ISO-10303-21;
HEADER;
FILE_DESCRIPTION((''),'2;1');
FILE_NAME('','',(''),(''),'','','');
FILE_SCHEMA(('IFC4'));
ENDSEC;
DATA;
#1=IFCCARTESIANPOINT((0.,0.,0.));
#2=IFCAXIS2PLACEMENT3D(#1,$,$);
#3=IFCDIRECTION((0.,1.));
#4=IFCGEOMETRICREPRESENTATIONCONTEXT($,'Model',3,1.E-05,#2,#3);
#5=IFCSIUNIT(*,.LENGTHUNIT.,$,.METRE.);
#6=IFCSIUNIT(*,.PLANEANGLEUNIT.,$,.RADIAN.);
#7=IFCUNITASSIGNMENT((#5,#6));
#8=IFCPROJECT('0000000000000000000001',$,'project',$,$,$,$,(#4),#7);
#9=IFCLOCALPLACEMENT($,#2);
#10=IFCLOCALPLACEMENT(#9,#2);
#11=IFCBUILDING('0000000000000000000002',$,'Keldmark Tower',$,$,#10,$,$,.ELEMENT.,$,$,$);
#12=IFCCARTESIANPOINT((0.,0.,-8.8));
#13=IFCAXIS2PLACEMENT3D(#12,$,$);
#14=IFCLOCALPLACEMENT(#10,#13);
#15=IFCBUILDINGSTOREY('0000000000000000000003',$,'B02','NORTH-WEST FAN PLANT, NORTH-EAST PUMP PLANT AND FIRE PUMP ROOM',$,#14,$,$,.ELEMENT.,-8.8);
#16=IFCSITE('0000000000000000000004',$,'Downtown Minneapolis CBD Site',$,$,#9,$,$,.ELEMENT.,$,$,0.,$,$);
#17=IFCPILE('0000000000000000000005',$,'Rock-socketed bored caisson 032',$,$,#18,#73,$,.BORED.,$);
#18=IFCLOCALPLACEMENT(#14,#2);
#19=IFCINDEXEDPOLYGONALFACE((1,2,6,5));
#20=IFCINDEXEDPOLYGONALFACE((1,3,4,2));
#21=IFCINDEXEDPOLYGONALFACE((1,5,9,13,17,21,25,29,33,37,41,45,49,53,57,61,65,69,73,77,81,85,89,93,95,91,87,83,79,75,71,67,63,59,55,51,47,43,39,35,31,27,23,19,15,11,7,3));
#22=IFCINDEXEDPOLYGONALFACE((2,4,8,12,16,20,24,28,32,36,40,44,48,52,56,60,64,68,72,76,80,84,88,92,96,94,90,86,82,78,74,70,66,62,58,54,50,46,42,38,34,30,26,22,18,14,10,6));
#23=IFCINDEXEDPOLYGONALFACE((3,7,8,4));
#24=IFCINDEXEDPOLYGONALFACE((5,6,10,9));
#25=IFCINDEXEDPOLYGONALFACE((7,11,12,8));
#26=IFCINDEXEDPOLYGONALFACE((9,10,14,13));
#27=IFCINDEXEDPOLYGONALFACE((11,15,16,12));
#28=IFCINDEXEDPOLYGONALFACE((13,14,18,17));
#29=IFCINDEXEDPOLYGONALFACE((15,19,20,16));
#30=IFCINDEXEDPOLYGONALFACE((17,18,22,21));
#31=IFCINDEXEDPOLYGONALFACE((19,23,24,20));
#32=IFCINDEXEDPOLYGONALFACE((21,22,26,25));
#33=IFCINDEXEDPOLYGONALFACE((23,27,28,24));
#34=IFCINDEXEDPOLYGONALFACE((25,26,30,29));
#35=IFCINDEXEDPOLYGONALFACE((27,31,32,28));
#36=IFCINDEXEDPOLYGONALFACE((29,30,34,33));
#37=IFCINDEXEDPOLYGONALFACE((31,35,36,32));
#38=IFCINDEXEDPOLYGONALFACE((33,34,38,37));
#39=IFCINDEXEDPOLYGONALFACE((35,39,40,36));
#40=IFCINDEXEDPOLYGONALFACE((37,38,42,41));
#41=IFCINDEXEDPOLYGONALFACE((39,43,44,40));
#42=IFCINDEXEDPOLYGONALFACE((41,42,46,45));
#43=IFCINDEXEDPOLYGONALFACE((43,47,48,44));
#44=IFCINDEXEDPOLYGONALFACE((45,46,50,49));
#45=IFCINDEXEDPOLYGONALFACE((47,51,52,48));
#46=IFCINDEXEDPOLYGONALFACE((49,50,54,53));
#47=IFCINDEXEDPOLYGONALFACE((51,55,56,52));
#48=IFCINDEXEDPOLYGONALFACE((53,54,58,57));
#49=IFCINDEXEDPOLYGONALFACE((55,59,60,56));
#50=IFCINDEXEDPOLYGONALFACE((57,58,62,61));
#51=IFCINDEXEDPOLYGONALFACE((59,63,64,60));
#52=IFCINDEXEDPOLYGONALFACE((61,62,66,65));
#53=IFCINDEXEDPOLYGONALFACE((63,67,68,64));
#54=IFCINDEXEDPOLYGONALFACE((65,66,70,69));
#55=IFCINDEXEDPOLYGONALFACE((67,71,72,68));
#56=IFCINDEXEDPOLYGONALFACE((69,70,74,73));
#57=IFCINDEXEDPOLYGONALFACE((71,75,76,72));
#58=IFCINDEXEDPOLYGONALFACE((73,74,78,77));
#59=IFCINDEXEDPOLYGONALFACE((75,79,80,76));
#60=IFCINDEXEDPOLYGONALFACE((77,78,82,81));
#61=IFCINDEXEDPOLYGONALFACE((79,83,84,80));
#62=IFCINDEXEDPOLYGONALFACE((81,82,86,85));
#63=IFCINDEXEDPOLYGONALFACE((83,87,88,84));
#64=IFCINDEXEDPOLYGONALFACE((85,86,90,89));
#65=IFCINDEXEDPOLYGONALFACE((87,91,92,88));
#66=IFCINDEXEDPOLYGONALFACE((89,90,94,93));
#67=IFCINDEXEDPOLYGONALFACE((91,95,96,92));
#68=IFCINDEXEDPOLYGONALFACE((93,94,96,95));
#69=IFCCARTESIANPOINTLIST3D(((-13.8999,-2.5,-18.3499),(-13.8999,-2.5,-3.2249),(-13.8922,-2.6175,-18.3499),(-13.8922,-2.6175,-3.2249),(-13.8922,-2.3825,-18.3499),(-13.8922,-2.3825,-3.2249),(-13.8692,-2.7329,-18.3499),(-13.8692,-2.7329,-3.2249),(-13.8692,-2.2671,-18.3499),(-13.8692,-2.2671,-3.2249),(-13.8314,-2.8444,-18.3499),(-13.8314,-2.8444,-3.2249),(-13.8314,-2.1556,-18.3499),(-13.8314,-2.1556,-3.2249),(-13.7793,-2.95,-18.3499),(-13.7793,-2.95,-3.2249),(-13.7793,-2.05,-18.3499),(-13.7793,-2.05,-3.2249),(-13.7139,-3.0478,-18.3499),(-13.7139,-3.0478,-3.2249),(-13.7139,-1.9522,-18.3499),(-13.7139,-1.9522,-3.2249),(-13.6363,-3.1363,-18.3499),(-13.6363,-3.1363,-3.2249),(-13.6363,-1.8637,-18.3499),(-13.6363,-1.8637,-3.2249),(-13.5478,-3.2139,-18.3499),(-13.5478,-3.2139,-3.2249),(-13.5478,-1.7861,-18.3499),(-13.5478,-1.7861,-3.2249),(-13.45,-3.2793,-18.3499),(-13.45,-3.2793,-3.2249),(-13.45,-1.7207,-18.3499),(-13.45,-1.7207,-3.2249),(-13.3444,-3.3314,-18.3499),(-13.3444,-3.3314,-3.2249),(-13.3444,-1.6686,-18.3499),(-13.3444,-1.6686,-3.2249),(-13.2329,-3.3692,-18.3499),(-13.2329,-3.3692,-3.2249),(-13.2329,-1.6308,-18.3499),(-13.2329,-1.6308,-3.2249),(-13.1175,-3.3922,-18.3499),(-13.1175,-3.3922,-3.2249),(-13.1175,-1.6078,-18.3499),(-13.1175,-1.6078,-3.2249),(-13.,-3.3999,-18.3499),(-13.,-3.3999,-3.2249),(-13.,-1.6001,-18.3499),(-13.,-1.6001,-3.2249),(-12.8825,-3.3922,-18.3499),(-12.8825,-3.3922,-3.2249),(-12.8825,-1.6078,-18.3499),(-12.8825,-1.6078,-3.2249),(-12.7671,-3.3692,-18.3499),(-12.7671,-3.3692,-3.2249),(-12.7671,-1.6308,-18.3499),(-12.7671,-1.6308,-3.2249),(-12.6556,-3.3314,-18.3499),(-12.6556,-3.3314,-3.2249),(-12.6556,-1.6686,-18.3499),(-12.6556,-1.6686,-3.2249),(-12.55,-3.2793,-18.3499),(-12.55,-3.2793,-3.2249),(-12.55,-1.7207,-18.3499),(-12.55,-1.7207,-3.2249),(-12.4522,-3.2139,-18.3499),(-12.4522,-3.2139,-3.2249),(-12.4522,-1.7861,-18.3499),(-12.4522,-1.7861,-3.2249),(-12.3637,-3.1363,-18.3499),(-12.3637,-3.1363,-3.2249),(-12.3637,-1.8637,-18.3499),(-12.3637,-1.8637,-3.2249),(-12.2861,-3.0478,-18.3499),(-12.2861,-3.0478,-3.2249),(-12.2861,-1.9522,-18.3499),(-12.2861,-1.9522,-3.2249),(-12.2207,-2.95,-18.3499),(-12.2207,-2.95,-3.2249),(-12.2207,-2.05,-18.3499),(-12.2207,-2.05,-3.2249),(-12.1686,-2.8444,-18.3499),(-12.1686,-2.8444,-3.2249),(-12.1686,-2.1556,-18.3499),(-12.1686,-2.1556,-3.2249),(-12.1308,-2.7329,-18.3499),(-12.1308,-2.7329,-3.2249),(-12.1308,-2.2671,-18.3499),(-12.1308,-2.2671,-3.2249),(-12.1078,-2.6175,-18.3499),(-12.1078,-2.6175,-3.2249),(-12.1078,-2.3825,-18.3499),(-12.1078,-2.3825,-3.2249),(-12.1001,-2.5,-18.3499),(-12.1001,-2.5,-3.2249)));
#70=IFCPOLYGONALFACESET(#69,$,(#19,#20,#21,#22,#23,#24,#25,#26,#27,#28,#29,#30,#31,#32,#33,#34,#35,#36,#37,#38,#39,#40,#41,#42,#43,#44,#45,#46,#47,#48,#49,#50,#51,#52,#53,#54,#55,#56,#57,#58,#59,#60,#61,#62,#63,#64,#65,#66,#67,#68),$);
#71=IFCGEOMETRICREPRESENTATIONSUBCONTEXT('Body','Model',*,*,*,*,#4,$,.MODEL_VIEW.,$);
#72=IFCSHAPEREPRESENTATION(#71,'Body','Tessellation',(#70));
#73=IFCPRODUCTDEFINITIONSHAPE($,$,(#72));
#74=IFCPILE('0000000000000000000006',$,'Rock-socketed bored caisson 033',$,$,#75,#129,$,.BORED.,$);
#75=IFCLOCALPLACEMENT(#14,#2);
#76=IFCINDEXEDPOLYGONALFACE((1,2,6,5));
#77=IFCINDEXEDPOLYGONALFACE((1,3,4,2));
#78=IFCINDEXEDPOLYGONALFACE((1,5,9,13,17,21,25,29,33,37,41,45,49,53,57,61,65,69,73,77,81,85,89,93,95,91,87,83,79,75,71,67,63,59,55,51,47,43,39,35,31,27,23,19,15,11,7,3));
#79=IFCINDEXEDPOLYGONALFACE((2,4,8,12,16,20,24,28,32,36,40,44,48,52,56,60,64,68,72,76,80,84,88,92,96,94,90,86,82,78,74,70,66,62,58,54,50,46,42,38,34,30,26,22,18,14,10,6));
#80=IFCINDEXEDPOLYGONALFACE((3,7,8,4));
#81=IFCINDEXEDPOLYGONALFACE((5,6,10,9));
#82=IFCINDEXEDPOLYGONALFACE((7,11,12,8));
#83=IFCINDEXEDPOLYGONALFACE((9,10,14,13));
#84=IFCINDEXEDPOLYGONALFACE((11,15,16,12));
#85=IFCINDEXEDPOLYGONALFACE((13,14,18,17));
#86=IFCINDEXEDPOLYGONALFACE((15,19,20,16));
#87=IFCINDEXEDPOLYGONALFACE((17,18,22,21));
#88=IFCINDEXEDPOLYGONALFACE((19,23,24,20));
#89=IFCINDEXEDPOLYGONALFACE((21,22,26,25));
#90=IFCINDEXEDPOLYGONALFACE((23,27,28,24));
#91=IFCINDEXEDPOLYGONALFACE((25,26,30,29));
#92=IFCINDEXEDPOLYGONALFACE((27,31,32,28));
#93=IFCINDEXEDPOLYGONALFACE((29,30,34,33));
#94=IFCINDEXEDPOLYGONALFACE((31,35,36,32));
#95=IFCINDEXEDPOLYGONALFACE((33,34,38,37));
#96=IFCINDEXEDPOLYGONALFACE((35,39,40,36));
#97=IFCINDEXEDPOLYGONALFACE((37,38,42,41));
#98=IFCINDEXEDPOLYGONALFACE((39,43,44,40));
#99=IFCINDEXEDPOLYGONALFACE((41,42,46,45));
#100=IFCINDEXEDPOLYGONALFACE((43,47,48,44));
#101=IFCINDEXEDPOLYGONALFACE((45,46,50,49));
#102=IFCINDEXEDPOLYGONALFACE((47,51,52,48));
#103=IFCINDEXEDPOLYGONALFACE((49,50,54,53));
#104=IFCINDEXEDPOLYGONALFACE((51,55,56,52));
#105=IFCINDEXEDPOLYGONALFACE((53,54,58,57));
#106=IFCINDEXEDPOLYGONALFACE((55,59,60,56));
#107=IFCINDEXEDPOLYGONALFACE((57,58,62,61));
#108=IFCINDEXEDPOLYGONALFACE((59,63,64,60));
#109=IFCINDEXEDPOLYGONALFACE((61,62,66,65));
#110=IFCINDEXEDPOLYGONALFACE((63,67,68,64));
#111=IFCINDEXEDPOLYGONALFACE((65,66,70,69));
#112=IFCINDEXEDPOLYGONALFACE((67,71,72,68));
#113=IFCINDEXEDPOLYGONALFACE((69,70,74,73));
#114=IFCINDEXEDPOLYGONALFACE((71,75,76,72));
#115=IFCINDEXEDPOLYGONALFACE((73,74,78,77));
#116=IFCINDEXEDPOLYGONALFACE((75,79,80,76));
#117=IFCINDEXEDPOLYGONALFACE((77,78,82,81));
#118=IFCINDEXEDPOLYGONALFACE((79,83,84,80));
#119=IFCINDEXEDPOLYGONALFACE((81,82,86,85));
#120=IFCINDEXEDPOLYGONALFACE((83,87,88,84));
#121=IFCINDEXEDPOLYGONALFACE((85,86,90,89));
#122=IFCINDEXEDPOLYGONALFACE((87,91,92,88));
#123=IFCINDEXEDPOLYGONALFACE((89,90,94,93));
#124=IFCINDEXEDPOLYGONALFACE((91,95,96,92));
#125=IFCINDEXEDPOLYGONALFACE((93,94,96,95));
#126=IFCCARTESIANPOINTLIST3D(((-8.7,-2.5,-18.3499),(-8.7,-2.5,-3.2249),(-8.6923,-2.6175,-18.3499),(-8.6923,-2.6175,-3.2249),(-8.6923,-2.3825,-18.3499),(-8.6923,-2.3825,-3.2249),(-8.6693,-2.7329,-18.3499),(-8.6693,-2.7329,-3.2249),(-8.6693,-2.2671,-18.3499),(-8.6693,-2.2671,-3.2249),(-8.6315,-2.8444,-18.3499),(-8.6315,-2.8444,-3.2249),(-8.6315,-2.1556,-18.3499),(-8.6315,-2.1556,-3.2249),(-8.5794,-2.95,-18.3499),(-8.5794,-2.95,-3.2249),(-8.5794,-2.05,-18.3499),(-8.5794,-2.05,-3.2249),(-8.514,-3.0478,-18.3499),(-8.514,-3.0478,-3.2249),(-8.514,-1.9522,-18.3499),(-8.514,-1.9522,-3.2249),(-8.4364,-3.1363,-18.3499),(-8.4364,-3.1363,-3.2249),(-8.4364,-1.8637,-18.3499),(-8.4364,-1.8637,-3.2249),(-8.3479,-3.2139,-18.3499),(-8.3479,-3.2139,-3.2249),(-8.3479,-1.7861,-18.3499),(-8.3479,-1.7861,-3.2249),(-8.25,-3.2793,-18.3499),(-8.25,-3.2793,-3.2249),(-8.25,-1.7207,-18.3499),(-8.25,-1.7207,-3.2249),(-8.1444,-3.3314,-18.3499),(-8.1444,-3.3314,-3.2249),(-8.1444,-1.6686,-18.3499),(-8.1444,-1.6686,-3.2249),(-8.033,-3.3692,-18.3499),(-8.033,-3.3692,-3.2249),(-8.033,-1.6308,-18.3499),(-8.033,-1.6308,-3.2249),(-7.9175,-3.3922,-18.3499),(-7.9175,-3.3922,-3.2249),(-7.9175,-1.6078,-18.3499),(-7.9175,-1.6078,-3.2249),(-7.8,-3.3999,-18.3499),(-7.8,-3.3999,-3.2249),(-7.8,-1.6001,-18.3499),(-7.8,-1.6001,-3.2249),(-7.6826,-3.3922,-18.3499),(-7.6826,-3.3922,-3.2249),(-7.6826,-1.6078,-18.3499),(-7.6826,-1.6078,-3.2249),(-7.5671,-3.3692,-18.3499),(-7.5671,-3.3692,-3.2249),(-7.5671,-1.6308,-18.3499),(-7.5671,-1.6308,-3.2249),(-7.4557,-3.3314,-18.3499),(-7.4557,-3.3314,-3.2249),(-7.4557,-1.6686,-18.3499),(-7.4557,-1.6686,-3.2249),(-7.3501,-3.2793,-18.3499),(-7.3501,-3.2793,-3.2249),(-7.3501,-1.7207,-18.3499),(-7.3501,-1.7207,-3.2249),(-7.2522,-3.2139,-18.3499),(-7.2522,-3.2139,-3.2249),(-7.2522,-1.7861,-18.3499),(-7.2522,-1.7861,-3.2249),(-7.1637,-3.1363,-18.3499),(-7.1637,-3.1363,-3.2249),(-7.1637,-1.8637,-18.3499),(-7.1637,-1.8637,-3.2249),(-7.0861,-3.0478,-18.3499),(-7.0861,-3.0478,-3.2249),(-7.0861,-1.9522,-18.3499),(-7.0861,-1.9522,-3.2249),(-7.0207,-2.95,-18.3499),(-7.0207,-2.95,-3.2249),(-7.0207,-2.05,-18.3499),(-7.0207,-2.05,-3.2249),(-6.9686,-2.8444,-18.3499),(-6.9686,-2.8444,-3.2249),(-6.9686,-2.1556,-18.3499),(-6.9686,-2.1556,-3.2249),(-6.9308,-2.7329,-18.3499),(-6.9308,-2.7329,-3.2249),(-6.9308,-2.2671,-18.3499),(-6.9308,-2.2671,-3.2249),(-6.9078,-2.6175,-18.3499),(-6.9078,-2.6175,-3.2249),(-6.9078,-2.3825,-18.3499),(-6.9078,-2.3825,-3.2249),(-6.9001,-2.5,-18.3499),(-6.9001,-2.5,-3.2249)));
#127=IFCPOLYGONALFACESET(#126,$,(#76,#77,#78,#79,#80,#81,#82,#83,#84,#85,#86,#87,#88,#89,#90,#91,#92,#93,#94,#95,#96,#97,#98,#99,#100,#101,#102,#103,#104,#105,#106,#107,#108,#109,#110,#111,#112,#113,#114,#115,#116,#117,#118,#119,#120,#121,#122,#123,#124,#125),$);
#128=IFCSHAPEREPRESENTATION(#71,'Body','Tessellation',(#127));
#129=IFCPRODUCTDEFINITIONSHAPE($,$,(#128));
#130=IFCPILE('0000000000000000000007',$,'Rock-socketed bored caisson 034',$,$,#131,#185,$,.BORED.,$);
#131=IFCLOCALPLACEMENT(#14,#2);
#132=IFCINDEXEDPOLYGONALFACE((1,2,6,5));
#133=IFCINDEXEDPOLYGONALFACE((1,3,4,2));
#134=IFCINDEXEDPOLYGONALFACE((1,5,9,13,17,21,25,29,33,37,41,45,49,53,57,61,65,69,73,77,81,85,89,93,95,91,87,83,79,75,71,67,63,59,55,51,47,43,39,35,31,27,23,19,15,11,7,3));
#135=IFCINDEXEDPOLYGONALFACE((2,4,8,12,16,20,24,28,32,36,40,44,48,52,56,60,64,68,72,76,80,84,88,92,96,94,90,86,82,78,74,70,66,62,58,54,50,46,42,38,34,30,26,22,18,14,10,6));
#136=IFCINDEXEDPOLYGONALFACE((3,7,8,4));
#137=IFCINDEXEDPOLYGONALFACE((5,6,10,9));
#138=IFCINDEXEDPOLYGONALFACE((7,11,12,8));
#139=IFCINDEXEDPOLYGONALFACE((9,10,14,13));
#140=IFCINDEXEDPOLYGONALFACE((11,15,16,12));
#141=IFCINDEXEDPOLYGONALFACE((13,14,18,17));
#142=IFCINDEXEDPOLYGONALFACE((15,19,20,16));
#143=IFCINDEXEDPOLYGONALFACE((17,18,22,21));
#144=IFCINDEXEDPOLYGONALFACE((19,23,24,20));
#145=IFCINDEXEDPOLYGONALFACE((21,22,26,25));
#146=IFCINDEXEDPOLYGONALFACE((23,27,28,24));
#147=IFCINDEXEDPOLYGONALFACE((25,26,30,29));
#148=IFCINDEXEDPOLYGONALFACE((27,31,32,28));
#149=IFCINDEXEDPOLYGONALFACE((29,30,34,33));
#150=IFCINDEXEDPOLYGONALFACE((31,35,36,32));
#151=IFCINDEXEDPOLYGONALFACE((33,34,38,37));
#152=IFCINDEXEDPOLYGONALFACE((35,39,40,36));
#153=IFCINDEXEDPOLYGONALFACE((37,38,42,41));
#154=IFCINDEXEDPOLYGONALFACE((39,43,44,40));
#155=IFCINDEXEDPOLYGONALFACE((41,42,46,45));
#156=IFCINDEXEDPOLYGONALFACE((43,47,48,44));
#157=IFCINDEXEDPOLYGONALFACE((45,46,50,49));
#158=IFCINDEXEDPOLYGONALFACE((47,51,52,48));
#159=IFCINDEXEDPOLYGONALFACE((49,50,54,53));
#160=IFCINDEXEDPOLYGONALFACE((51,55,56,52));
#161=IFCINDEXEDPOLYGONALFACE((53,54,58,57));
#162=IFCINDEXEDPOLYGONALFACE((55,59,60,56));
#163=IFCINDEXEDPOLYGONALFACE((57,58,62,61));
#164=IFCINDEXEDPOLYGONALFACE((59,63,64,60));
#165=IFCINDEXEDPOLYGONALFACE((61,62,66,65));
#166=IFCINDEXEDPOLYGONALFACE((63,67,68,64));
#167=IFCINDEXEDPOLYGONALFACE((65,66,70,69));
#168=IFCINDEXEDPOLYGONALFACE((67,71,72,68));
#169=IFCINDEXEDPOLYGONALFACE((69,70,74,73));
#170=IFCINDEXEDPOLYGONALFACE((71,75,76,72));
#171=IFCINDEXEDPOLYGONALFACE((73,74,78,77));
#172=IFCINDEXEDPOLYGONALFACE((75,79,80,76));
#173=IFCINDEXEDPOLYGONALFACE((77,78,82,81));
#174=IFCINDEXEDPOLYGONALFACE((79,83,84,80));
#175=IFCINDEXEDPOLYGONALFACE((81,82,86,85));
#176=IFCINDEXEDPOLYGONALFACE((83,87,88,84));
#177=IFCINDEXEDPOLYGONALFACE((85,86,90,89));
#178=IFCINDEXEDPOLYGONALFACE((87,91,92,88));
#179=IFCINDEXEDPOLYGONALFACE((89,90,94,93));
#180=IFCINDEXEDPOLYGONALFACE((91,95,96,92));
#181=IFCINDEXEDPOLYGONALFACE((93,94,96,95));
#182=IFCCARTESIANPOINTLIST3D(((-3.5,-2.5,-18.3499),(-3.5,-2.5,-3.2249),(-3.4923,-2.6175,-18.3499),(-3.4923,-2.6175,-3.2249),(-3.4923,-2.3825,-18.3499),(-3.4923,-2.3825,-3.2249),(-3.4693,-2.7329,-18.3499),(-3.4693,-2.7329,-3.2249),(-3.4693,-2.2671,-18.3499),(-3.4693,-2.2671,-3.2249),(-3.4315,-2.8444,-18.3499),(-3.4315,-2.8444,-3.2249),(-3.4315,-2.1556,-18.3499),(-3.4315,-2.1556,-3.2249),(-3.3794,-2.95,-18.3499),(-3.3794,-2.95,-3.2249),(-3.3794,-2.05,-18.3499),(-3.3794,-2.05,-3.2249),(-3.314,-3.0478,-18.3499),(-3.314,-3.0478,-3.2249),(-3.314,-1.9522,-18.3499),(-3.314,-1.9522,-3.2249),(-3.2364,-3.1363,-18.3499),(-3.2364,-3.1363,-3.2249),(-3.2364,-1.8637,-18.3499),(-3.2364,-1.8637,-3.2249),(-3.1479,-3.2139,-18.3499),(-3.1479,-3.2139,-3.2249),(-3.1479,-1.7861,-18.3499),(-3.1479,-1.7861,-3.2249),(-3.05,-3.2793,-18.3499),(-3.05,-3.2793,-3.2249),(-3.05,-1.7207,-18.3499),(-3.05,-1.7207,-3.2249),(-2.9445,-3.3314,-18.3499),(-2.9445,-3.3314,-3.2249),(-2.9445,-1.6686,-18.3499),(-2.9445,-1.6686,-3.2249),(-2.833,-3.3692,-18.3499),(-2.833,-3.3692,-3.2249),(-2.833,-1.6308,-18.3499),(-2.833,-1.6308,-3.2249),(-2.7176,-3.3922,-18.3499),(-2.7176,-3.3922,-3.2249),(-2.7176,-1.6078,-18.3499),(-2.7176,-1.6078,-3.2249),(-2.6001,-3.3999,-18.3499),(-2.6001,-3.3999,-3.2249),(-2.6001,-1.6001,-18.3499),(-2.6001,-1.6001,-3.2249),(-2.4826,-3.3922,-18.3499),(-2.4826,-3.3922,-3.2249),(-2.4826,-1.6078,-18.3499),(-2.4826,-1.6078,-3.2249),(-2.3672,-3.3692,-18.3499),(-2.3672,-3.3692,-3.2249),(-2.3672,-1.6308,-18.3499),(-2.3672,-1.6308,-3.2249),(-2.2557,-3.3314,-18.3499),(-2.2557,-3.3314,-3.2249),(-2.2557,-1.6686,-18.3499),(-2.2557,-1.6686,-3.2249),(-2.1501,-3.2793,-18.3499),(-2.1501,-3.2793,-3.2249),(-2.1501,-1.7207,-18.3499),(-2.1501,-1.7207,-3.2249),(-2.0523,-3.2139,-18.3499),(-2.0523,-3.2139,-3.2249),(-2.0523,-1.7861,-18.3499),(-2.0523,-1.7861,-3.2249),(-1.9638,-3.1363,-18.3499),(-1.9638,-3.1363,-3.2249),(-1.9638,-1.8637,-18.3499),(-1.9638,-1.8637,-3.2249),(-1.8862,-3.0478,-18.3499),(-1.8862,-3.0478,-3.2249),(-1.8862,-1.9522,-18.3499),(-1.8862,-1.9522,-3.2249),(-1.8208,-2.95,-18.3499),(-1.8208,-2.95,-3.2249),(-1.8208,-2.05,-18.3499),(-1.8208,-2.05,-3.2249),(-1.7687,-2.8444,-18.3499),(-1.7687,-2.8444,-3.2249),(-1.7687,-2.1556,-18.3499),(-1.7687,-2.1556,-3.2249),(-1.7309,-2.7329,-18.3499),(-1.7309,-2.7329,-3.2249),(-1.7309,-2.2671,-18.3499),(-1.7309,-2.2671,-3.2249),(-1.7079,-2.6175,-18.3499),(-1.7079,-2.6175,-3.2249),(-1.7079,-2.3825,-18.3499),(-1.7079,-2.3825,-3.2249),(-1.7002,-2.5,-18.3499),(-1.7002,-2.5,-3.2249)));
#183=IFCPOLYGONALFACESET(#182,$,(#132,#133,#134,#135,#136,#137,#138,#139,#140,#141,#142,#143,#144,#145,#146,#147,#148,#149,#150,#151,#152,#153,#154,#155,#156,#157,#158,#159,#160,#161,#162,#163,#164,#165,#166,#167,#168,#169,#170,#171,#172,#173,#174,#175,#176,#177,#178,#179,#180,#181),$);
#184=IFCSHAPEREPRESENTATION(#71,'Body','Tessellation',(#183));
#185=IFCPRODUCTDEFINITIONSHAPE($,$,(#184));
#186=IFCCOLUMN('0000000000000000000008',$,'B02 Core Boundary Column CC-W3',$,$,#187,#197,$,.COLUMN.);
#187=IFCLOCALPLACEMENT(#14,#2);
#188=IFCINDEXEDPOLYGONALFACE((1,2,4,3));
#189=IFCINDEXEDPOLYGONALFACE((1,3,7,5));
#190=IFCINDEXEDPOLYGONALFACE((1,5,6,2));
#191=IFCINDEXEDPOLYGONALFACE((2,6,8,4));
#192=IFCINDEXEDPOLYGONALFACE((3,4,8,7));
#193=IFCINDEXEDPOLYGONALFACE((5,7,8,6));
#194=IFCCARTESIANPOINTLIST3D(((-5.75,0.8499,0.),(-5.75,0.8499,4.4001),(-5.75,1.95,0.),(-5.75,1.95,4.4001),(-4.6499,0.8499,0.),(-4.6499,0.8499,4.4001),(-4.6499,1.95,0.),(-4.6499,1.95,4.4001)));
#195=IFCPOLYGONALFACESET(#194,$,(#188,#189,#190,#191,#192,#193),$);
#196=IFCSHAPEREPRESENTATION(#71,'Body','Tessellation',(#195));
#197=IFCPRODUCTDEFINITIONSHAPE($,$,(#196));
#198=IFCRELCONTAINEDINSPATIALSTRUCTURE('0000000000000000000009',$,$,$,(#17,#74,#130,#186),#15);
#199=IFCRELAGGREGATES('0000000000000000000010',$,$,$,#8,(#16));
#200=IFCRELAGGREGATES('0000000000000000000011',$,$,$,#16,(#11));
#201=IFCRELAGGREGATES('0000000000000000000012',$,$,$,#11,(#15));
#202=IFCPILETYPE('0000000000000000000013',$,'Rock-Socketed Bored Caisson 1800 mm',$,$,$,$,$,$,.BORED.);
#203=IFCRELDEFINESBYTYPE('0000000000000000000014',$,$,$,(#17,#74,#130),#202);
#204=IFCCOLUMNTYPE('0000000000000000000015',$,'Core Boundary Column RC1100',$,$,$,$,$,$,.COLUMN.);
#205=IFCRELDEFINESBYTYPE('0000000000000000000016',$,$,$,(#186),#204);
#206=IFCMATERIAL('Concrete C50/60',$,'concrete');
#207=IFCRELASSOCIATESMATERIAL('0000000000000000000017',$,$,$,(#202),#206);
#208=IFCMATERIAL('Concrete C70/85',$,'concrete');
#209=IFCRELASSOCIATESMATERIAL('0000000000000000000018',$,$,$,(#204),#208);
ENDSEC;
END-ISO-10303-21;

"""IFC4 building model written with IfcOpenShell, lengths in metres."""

from ifc_helpers import new_model, si_unit, direction, frame, origin, origin_2d, place, context, subcontext, project, spatial, rectangle, circle, extrude, material, material_profile, profile_set, type_object, element, save


model = new_model("IFC4")

# Units and contexts
model_context = context("Model", 3, precision=1e-05, world=origin(), true_north=direction((0.0, 1.0)))
body_context = subcontext(model_context, "Body", "Model", "MODEL_VIEW")
ifc_project = project(units=[si_unit("LENGTHUNIT", "METRE"), si_unit("PLANEANGLEUNIT", "RADIAN")], contexts=[model_context])

# Site, building, storey
site_placement = place(None, origin())
site = spatial("IfcSite", under=ifc_project, at=site_placement, Name="Downtown Minneapolis CBD Site", CompositionType="ELEMENT", RefElevation=0.0)
building_placement = place(site_placement, origin())
building = spatial("IfcBuilding", under=site, at=building_placement, Name="Keldmark Tower", CompositionType="ELEMENT")
storey_placement = place(building_placement, frame((0.0, 0.0, -8.8)))
storey = spatial("IfcBuildingStorey", under=building, at=storey_placement, Name="B02", Description="NORTH-WEST FAN PLANT, NORTH-EAST PUMP PLANT AND FIRE PUMP ROOM", CompositionType="ELEMENT", Elevation=-8.8)

# Piles
ifc_material_1 = material(Name="Concrete C50/60", Category="concrete")
ifc_material_profile_1 = material_profile(ifc_material_1, circle(Radius=0.8999, at=origin_2d()), Name="CAISSON1800")
ifc_profile_set_1 = profile_set([ifc_material_profile_1], Name="Concrete C50/60")
pile_type = type_object("IfcPileType", Name="Rock-Socketed Bored Caisson 1800 mm", PredefinedType="BORED", material=ifc_profile_set_1)
for number, where, z_axis, x_axis, name in (
    (1, (-13.0, -2.5, -3.2249), (0.0, 0.0, -1.0), (1.0, 0.0, 0.0), "Rock-socketed bored caisson 032"),
    (2, (-7.8, -2.5, -3.2249), (0.0, 0.0, -1.0), (1.0, 0.0, 0.0), "Rock-socketed bored caisson 033"),
    (3, (-2.6001, -2.5, -3.2249), (0.0, 0.0, -1.0), (1.0, 0.0, 0.0), "Rock-socketed bored caisson 034"),
):
    element("IfcPile", number, at=place(storey_placement, frame(where, z_axis=z_axis, x_axis=x_axis)), inside=storey, type_object=pile_type, Name=name, PredefinedType="BORED", context=body_context, shape_type="SweptSolid", body=[
        extrude(circle(Radius=0.8999, at=origin_2d()), origin(), (0.0, 0.0, 1.0), 15.125),
    ])

# Column
ifc_material_2 = material(Name="Concrete C70/85", Category="concrete")
ifc_material_profile_2 = material_profile(ifc_material_2, rectangle(XDim=1.1001, YDim=1.1001, at=origin_2d()), Name="RC1100X1100")
ifc_profile_set_2 = profile_set([ifc_material_profile_2], Name="Concrete C70/85")
column_type = type_object("IfcColumnType", Name="Core Boundary Column RC1100", PredefinedType="COLUMN", material=ifc_profile_set_2)
column_placement = place(storey_placement, frame((-5.2, 1.3999, 0.0), z_axis=(0.0, 0.0, 1.0), x_axis=(1.0, 0.0, 0.0)))
element("IfcColumn", 4, at=column_placement, inside=storey, type_object=column_type, Name="B02 Core Boundary Column CC-W3", PredefinedType="COLUMN", context=body_context, shape_type="SweptSolid", body=[
    extrude(rectangle(XDim=1.1001, YDim=1.1001, at=origin_2d()), origin(), (0.0, 0.0, 1.0), 4.4001),
])

save(model, "model.ifc")
